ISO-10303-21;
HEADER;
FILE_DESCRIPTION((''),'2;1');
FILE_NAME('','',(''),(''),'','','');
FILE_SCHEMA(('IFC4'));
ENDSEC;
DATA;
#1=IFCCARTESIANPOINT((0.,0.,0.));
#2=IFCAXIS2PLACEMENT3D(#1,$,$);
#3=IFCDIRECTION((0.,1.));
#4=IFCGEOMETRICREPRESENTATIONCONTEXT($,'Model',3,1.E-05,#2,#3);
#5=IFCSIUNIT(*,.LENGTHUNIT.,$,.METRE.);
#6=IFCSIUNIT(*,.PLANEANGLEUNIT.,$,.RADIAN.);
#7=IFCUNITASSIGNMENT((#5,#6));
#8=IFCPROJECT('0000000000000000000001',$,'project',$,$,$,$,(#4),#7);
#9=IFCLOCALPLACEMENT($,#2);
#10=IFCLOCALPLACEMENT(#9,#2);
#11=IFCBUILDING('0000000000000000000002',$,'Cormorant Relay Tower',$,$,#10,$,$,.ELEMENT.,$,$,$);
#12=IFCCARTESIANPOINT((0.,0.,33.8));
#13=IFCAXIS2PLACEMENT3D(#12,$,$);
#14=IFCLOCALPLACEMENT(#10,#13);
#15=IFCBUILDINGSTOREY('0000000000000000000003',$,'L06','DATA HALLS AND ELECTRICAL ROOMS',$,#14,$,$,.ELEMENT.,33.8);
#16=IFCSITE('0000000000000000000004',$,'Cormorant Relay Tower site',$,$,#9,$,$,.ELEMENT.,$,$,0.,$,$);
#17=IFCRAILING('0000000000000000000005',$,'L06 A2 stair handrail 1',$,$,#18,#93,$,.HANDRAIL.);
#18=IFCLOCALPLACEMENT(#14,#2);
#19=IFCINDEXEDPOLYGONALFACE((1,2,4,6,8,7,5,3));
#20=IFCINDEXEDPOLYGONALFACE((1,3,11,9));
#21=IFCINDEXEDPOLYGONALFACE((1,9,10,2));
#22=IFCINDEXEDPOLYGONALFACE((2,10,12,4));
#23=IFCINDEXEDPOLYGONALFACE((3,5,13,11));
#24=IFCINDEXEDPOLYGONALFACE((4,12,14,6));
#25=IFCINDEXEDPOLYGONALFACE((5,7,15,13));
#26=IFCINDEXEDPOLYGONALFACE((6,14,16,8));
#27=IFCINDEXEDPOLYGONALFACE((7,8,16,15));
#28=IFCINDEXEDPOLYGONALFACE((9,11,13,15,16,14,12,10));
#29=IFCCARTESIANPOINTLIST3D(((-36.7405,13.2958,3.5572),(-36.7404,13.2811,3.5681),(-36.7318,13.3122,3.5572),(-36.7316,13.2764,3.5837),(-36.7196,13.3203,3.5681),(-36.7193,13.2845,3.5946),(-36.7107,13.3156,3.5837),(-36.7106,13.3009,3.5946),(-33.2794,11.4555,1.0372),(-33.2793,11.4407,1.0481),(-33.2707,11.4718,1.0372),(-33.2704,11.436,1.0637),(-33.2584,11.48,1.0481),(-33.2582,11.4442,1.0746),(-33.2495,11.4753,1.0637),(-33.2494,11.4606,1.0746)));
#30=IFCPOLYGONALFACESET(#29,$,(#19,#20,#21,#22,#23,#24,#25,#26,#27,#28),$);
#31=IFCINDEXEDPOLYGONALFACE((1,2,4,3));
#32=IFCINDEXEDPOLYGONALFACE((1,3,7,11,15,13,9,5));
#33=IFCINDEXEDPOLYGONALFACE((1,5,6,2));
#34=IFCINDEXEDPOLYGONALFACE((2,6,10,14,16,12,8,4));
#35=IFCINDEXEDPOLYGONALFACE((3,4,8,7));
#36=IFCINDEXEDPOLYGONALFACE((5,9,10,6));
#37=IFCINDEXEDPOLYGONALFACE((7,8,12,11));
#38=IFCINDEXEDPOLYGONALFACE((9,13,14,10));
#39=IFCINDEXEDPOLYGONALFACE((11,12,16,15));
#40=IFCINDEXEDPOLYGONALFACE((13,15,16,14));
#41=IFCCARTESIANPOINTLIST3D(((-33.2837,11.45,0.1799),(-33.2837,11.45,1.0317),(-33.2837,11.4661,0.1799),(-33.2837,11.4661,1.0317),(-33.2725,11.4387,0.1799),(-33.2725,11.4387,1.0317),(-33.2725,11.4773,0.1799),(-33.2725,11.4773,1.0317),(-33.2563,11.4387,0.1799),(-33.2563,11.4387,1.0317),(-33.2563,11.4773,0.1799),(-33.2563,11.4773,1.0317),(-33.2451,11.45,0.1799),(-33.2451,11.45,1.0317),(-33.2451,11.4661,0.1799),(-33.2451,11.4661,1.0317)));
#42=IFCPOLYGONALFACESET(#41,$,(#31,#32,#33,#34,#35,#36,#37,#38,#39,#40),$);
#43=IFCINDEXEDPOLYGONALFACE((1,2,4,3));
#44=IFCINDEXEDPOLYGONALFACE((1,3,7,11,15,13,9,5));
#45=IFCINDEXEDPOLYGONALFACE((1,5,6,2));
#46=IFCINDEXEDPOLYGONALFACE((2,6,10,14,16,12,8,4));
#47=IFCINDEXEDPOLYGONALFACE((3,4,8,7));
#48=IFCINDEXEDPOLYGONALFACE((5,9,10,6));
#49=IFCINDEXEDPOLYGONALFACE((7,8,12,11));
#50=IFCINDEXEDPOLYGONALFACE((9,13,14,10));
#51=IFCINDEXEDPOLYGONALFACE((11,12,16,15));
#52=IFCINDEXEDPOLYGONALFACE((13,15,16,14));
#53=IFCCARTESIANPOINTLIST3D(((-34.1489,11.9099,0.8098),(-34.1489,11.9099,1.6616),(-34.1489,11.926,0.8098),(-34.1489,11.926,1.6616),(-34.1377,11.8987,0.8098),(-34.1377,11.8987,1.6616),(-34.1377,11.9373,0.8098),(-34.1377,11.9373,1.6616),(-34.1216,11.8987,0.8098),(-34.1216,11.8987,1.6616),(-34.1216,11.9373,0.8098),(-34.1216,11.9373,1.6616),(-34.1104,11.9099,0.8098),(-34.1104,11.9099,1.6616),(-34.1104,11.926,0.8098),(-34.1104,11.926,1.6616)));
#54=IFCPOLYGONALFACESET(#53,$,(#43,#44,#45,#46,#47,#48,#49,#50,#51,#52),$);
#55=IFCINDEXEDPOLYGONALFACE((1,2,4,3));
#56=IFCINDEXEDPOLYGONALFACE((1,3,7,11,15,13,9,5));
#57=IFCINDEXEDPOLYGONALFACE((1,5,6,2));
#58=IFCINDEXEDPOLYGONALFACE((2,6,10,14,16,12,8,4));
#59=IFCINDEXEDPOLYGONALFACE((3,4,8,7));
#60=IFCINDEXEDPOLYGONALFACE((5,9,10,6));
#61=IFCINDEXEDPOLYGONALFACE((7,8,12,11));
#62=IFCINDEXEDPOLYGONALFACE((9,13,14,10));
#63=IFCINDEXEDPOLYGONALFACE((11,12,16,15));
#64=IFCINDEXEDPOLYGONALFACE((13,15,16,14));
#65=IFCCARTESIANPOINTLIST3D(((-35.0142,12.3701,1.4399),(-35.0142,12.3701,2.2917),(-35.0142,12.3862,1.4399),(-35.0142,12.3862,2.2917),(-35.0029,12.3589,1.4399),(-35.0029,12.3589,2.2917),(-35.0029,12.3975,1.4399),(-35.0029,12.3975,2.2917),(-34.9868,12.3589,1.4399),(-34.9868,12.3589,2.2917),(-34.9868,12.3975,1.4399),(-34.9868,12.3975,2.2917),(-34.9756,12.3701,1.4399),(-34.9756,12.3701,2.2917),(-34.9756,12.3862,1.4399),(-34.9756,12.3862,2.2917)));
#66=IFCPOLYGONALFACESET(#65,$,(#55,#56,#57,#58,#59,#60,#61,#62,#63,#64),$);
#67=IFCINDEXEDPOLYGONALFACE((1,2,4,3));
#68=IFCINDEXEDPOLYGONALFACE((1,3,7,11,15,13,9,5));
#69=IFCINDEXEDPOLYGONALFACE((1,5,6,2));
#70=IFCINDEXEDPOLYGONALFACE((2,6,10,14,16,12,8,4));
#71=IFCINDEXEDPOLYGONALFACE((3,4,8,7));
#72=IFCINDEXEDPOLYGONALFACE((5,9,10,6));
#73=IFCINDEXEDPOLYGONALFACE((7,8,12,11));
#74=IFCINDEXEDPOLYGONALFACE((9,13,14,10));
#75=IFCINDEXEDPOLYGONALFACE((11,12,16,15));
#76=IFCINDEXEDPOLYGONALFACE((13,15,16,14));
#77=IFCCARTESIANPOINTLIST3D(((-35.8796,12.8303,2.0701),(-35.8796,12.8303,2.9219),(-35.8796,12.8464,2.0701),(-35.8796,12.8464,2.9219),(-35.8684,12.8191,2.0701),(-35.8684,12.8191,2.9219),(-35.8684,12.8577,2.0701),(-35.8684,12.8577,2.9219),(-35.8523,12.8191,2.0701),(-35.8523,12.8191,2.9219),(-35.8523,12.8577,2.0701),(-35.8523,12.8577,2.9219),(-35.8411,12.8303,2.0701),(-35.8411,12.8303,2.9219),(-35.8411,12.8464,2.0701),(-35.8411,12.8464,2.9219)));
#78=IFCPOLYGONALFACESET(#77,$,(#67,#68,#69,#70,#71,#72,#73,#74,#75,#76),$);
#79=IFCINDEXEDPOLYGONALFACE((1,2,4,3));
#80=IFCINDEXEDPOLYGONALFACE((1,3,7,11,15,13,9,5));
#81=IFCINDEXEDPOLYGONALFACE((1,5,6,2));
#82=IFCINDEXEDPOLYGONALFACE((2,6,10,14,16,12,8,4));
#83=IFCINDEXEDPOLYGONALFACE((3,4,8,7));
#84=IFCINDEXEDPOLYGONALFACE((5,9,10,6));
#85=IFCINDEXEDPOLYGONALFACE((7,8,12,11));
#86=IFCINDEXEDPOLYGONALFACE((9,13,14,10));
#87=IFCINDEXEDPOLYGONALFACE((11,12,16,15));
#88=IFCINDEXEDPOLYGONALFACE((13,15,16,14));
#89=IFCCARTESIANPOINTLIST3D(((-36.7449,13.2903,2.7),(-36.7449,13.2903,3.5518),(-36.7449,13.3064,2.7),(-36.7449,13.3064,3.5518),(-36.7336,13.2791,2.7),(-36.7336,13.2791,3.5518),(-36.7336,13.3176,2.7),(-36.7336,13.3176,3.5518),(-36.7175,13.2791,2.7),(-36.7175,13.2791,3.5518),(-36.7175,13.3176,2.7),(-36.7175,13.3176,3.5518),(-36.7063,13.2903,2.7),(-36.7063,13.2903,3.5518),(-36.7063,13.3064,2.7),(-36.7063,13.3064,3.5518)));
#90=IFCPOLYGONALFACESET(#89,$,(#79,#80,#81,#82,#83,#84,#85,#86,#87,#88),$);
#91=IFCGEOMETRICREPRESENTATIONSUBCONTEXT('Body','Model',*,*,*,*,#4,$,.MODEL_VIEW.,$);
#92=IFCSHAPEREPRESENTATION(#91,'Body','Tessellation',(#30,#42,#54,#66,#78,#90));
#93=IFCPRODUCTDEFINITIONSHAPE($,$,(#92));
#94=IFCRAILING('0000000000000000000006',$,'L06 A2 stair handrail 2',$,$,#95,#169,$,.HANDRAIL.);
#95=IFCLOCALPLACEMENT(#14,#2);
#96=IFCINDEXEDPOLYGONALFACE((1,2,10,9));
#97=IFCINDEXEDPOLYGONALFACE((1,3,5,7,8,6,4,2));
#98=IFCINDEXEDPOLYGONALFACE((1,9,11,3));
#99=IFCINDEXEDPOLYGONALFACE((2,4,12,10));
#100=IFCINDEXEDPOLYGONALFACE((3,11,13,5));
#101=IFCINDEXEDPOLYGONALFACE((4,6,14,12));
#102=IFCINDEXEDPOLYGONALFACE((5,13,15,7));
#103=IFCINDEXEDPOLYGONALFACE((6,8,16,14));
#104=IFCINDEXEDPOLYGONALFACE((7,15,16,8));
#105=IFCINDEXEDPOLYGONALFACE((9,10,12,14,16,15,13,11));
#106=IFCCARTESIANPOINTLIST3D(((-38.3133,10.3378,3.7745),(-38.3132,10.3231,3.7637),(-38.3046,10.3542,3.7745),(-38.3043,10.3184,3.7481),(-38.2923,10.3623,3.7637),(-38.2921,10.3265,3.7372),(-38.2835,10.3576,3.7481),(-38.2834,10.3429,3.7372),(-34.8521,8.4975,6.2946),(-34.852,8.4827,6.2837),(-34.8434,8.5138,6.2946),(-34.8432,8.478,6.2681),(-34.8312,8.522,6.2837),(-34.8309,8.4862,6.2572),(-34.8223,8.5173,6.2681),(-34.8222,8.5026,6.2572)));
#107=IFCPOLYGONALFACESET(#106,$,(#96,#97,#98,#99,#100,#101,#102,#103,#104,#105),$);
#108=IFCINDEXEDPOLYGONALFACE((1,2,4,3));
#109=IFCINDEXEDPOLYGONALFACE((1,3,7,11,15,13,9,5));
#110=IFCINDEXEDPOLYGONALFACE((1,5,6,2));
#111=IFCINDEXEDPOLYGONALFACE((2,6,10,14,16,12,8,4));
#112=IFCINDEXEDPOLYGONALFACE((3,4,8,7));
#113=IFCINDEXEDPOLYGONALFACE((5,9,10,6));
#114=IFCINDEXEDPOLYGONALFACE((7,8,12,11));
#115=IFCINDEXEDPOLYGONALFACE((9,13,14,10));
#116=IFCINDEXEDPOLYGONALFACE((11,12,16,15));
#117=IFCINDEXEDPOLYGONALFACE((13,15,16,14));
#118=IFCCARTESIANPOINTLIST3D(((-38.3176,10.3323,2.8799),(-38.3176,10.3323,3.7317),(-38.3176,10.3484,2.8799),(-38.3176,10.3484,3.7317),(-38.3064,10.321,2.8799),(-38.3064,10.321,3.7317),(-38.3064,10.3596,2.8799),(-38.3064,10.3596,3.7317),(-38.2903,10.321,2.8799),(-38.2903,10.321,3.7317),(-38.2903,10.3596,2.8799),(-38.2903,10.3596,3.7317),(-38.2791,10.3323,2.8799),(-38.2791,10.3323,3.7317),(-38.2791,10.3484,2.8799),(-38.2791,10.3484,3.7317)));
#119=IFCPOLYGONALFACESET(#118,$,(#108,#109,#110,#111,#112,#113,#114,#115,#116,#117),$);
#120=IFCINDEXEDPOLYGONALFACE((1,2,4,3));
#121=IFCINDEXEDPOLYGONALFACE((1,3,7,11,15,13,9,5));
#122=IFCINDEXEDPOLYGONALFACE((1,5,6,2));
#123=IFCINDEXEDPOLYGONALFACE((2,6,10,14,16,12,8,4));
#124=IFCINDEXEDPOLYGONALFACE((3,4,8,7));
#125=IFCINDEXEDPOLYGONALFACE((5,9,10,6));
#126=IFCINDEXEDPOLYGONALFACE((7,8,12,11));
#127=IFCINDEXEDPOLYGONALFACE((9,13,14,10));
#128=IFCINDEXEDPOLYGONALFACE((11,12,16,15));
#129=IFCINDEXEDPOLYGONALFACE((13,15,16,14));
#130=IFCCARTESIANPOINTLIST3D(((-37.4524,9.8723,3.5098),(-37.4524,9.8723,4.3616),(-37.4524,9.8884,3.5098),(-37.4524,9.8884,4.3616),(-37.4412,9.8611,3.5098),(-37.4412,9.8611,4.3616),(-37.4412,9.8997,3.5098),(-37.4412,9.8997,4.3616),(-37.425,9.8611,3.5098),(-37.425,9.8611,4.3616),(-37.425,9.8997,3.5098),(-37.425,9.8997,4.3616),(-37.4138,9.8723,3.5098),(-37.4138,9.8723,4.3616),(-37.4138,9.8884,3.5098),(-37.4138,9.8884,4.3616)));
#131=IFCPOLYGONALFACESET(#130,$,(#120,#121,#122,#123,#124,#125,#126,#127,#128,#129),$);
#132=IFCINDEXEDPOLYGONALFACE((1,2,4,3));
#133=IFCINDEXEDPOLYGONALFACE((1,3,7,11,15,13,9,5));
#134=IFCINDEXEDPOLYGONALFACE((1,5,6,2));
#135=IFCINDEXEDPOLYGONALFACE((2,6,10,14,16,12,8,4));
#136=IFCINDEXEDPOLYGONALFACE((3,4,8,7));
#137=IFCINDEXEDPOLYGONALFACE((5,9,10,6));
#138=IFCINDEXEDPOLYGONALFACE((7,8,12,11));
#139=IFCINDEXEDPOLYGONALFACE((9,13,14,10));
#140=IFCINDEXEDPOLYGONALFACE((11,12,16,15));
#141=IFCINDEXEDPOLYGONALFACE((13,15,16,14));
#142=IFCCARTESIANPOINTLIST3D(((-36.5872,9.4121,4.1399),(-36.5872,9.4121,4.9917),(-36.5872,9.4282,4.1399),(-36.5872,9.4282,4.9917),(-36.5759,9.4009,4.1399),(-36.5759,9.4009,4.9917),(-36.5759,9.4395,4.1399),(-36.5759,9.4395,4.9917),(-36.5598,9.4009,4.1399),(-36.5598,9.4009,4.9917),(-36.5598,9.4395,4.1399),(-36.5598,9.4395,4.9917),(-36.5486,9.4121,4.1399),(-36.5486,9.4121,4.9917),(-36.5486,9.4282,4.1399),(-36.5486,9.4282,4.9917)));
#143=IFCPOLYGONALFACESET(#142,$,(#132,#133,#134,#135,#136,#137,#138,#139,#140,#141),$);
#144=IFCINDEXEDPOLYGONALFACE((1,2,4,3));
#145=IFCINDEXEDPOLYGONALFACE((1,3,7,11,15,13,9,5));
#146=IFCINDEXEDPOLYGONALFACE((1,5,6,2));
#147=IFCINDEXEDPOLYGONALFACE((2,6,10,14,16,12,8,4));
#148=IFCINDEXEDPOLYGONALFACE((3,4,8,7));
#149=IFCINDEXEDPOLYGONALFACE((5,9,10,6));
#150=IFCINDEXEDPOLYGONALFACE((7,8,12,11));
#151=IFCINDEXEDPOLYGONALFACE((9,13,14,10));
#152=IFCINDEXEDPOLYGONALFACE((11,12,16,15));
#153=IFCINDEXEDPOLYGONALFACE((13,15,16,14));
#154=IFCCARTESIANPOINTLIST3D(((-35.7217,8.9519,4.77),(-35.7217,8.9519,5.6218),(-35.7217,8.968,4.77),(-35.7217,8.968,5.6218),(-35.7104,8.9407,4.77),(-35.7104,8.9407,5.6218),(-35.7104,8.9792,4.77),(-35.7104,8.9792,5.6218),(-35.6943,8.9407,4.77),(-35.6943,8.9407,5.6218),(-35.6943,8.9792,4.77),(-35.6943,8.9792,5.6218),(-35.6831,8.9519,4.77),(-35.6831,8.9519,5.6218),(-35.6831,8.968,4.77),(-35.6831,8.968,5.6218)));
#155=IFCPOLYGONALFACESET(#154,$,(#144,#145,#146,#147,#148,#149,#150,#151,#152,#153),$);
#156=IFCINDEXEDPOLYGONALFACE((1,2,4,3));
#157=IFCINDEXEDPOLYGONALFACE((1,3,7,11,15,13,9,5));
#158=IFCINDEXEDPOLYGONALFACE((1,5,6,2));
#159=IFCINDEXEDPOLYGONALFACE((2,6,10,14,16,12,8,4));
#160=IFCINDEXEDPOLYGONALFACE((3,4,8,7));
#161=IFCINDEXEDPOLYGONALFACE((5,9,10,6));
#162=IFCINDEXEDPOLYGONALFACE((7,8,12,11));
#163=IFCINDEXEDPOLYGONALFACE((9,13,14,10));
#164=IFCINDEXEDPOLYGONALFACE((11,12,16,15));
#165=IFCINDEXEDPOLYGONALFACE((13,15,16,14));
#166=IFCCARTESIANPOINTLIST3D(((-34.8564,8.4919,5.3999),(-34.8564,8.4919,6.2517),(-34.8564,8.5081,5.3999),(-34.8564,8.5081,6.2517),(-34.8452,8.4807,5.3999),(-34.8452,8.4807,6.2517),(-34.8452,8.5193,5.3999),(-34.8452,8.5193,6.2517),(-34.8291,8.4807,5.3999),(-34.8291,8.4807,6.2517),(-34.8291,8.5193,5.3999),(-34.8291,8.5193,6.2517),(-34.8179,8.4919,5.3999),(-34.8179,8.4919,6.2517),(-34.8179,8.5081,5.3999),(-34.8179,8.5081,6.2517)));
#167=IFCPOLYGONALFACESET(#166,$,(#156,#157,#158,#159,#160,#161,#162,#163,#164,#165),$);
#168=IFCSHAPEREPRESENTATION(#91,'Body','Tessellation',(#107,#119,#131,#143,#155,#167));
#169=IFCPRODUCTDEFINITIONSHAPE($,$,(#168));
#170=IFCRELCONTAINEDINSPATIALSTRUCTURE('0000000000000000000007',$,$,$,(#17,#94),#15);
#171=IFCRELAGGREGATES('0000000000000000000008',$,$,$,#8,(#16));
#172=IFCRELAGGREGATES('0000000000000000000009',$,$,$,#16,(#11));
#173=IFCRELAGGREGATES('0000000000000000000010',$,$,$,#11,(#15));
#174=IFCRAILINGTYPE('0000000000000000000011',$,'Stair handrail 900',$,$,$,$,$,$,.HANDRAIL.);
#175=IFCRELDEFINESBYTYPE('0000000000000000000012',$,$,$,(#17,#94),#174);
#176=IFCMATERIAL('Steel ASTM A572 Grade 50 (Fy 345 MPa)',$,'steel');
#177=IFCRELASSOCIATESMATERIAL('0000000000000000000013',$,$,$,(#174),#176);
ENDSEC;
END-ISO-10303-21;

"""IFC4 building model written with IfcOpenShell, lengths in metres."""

from ifc_helpers import new_model, si_unit, direction, frame, origin, place, context, subcontext, project, spatial, polyline, outline, extrude, material, type_object, element, save


model = new_model("IFC4")

# Units and contexts
model_context = context("Model", 3, precision=1e-05, world=origin(), true_north=direction((0.0, 1.0)))
body_context = subcontext(model_context, "Body", "Model", "MODEL_VIEW")
ifc_project = project(units=[si_unit("LENGTHUNIT", "METRE"), si_unit("PLANEANGLEUNIT", "RADIAN")], contexts=[model_context])

# Site, building, storey
site_placement = place(None, origin())
site = spatial("IfcSite", under=ifc_project, at=site_placement, Name="Cormorant Relay Tower site", CompositionType="ELEMENT", RefElevation=0.0)
building_placement = place(site_placement, origin())
building = spatial("IfcBuilding", under=site, at=building_placement, Name="Cormorant Relay Tower", CompositionType="ELEMENT")
storey_placement = place(building_placement, frame((0.0, 0.0, 33.8)))
storey = spatial("IfcBuildingStorey", under=building, at=storey_placement, Name="L06", Description="DATA HALLS AND ELECTRICAL ROOMS", CompositionType="ELEMENT", Elevation=33.8)

# Railings
ifc_material_1 = material(Name="Steel ASTM A572 Grade 50 (Fy 345 MPa)", Category="steel")
railing_type_1 = type_object("IfcRailingType", Name="Stair handrail 900", PredefinedType="HANDRAIL", material=ifc_material_1)
railing_1_placement = place(storey_placement, frame((-33.2644, 11.458, 0.1799)))
element("IfcRailing", 1, at=railing_1_placement, inside=storey, type_object=railing_type_1, Name="L06 A2 stair handrail 1", PredefinedType="HANDRAIL", context=body_context, shape_type="SweptSolid", body=[
    extrude(outline(polyline([(0.0222, 0.0093), (0.0093, 0.0222), (-0.0093, 0.0222), (-0.0222, 0.0093), (-0.0222, -0.0093), (-0.0093, -0.0222), (0.0093, -0.0222), (0.0222, -0.0093), (0.0222, 0.0093)])), frame((0.0, 0.0, 0.876), z_axis=(-0.742717, 0.394907, 0.540758), x_axis=(-0.469469, -0.882949, 0.0)), (0.0, 0.0, 1.0), 4.6602),
    extrude(outline(polyline([(0.0193, 0.0081), (0.0081, 0.0193), (-0.0081, 0.0193), (-0.0193, 0.0081), (-0.0193, -0.0081), (-0.0081, -0.0193), (0.0081, -0.0193), (0.0193, -0.0081), (0.0193, 0.0081)])), origin(), (0.0, 0.0, 1.0), 0.8518),
    extrude(outline(polyline([(0.0193, 0.0081), (0.0081, 0.0193), (-0.0081, 0.0193), (-0.0193, 0.0081), (-0.0193, -0.0081), (-0.0081, -0.0193), (0.0081, -0.0193), (0.0193, -0.0081), (0.0193, 0.0081)])), frame((-0.8652, 0.46, 0.6299)), (0.0, 0.0, 1.0), 0.8518),
    extrude(outline(polyline([(0.0193, 0.0081), (0.0081, 0.0193), (-0.0081, 0.0193), (-0.0193, 0.0081), (-0.0193, -0.0081), (-0.0081, -0.0193), (0.0081, -0.0193), (0.0193, -0.0081), (0.0193, 0.0081)])), frame((-1.7305, 0.9202, 1.26)), (0.0, 0.0, 1.0), 0.8518),
    extrude(outline(polyline([(0.0193, 0.0081), (0.0081, 0.0193), (-0.0081, 0.0193), (-0.0193, 0.0081), (-0.0193, -0.0081), (-0.0081, -0.0193), (0.0081, -0.0193), (0.0193, -0.0081), (0.0193, 0.0081)])), frame((-2.5959, 1.3804, 1.8901)), (0.0, 0.0, 1.0), 0.8518),
    extrude(outline(polyline([(0.0193, 0.0081), (0.0081, 0.0193), (-0.0081, 0.0193), (-0.0193, 0.0081), (-0.0193, -0.0081), (-0.0081, -0.0193), (0.0081, -0.0193), (0.0193, -0.0081), (0.0193, 0.0081)])), frame((-3.4612, 1.8403, 2.52)), (0.0, 0.0, 1.0), 0.8518),
])
railing_2_placement = place(storey_placement, frame((-38.2983, 10.3403, 2.8799)))
element("IfcRailing", 2, at=railing_2_placement, inside=storey, type_object=railing_type_1, Name="L06 A2 stair handrail 2", PredefinedType="HANDRAIL", context=body_context, shape_type="SweptSolid", body=[
    extrude(outline(polyline([(0.0222, 0.0093), (0.0093, 0.0222), (-0.0093, 0.0222), (-0.0222, 0.0093), (-0.0222, -0.0093), (-0.0093, -0.0222), (0.0093, -0.0222), (0.0222, -0.0093), (0.0222, 0.0093)])), frame((0.0, 0.0, 0.876), z_axis=(0.742717, -0.394907, 0.540758), x_axis=(0.469469, 0.882949, 0.0)), (0.0, 0.0, 1.0), 4.6602),
    extrude(outline(polyline([(0.0193, 0.0081), (0.0081, 0.0193), (-0.0081, 0.0193), (-0.0193, 0.0081), (-0.0193, -0.0081), (-0.0081, -0.0193), (0.0081, -0.0193), (0.0193, -0.0081), (0.0193, 0.0081)])), origin(), (0.0, 0.0, 1.0), 0.8518),
    extrude(outline(polyline([(0.0193, 0.0081), (0.0081, 0.0193), (-0.0081, 0.0193), (-0.0193, 0.0081), (-0.0193, -0.0081), (-0.0081, -0.0193), (0.0081, -0.0193), (0.0193, -0.0081), (0.0193, 0.0081)])), frame((0.8652, -0.46, 0.6299)), (0.0, 0.0, 1.0), 0.8518),
    extrude(outline(polyline([(0.0193, 0.0081), (0.0081, 0.0193), (-0.0081, 0.0193), (-0.0193, 0.0081), (-0.0193, -0.0081), (-0.0081, -0.0193), (0.0081, -0.0193), (0.0193, -0.0081), (0.0193, 0.0081)])), frame((1.7305, -0.9202, 1.26)), (0.0, 0.0, 1.0), 0.8518),
    extrude(outline(polyline([(0.0193, 0.0081), (0.0081, 0.0193), (-0.0081, 0.0193), (-0.0193, 0.0081), (-0.0193, -0.0081), (-0.0081, -0.0193), (0.0081, -0.0193), (0.0193, -0.0081), (0.0193, 0.0081)])), frame((2.5959, -1.3804, 1.8901)), (0.0, 0.0, 1.0), 0.8518),
    extrude(outline(polyline([(0.0193, 0.0081), (0.0081, 0.0193), (-0.0081, 0.0193), (-0.0193, 0.0081), (-0.0193, -0.0081), (-0.0081, -0.0193), (0.0081, -0.0193), (0.0193, -0.0081), (0.0193, 0.0081)])), frame((3.4612, -1.8403, 2.52)), (0.0, 0.0, 1.0), 0.8518),
])

save(model, "model.ifc")
